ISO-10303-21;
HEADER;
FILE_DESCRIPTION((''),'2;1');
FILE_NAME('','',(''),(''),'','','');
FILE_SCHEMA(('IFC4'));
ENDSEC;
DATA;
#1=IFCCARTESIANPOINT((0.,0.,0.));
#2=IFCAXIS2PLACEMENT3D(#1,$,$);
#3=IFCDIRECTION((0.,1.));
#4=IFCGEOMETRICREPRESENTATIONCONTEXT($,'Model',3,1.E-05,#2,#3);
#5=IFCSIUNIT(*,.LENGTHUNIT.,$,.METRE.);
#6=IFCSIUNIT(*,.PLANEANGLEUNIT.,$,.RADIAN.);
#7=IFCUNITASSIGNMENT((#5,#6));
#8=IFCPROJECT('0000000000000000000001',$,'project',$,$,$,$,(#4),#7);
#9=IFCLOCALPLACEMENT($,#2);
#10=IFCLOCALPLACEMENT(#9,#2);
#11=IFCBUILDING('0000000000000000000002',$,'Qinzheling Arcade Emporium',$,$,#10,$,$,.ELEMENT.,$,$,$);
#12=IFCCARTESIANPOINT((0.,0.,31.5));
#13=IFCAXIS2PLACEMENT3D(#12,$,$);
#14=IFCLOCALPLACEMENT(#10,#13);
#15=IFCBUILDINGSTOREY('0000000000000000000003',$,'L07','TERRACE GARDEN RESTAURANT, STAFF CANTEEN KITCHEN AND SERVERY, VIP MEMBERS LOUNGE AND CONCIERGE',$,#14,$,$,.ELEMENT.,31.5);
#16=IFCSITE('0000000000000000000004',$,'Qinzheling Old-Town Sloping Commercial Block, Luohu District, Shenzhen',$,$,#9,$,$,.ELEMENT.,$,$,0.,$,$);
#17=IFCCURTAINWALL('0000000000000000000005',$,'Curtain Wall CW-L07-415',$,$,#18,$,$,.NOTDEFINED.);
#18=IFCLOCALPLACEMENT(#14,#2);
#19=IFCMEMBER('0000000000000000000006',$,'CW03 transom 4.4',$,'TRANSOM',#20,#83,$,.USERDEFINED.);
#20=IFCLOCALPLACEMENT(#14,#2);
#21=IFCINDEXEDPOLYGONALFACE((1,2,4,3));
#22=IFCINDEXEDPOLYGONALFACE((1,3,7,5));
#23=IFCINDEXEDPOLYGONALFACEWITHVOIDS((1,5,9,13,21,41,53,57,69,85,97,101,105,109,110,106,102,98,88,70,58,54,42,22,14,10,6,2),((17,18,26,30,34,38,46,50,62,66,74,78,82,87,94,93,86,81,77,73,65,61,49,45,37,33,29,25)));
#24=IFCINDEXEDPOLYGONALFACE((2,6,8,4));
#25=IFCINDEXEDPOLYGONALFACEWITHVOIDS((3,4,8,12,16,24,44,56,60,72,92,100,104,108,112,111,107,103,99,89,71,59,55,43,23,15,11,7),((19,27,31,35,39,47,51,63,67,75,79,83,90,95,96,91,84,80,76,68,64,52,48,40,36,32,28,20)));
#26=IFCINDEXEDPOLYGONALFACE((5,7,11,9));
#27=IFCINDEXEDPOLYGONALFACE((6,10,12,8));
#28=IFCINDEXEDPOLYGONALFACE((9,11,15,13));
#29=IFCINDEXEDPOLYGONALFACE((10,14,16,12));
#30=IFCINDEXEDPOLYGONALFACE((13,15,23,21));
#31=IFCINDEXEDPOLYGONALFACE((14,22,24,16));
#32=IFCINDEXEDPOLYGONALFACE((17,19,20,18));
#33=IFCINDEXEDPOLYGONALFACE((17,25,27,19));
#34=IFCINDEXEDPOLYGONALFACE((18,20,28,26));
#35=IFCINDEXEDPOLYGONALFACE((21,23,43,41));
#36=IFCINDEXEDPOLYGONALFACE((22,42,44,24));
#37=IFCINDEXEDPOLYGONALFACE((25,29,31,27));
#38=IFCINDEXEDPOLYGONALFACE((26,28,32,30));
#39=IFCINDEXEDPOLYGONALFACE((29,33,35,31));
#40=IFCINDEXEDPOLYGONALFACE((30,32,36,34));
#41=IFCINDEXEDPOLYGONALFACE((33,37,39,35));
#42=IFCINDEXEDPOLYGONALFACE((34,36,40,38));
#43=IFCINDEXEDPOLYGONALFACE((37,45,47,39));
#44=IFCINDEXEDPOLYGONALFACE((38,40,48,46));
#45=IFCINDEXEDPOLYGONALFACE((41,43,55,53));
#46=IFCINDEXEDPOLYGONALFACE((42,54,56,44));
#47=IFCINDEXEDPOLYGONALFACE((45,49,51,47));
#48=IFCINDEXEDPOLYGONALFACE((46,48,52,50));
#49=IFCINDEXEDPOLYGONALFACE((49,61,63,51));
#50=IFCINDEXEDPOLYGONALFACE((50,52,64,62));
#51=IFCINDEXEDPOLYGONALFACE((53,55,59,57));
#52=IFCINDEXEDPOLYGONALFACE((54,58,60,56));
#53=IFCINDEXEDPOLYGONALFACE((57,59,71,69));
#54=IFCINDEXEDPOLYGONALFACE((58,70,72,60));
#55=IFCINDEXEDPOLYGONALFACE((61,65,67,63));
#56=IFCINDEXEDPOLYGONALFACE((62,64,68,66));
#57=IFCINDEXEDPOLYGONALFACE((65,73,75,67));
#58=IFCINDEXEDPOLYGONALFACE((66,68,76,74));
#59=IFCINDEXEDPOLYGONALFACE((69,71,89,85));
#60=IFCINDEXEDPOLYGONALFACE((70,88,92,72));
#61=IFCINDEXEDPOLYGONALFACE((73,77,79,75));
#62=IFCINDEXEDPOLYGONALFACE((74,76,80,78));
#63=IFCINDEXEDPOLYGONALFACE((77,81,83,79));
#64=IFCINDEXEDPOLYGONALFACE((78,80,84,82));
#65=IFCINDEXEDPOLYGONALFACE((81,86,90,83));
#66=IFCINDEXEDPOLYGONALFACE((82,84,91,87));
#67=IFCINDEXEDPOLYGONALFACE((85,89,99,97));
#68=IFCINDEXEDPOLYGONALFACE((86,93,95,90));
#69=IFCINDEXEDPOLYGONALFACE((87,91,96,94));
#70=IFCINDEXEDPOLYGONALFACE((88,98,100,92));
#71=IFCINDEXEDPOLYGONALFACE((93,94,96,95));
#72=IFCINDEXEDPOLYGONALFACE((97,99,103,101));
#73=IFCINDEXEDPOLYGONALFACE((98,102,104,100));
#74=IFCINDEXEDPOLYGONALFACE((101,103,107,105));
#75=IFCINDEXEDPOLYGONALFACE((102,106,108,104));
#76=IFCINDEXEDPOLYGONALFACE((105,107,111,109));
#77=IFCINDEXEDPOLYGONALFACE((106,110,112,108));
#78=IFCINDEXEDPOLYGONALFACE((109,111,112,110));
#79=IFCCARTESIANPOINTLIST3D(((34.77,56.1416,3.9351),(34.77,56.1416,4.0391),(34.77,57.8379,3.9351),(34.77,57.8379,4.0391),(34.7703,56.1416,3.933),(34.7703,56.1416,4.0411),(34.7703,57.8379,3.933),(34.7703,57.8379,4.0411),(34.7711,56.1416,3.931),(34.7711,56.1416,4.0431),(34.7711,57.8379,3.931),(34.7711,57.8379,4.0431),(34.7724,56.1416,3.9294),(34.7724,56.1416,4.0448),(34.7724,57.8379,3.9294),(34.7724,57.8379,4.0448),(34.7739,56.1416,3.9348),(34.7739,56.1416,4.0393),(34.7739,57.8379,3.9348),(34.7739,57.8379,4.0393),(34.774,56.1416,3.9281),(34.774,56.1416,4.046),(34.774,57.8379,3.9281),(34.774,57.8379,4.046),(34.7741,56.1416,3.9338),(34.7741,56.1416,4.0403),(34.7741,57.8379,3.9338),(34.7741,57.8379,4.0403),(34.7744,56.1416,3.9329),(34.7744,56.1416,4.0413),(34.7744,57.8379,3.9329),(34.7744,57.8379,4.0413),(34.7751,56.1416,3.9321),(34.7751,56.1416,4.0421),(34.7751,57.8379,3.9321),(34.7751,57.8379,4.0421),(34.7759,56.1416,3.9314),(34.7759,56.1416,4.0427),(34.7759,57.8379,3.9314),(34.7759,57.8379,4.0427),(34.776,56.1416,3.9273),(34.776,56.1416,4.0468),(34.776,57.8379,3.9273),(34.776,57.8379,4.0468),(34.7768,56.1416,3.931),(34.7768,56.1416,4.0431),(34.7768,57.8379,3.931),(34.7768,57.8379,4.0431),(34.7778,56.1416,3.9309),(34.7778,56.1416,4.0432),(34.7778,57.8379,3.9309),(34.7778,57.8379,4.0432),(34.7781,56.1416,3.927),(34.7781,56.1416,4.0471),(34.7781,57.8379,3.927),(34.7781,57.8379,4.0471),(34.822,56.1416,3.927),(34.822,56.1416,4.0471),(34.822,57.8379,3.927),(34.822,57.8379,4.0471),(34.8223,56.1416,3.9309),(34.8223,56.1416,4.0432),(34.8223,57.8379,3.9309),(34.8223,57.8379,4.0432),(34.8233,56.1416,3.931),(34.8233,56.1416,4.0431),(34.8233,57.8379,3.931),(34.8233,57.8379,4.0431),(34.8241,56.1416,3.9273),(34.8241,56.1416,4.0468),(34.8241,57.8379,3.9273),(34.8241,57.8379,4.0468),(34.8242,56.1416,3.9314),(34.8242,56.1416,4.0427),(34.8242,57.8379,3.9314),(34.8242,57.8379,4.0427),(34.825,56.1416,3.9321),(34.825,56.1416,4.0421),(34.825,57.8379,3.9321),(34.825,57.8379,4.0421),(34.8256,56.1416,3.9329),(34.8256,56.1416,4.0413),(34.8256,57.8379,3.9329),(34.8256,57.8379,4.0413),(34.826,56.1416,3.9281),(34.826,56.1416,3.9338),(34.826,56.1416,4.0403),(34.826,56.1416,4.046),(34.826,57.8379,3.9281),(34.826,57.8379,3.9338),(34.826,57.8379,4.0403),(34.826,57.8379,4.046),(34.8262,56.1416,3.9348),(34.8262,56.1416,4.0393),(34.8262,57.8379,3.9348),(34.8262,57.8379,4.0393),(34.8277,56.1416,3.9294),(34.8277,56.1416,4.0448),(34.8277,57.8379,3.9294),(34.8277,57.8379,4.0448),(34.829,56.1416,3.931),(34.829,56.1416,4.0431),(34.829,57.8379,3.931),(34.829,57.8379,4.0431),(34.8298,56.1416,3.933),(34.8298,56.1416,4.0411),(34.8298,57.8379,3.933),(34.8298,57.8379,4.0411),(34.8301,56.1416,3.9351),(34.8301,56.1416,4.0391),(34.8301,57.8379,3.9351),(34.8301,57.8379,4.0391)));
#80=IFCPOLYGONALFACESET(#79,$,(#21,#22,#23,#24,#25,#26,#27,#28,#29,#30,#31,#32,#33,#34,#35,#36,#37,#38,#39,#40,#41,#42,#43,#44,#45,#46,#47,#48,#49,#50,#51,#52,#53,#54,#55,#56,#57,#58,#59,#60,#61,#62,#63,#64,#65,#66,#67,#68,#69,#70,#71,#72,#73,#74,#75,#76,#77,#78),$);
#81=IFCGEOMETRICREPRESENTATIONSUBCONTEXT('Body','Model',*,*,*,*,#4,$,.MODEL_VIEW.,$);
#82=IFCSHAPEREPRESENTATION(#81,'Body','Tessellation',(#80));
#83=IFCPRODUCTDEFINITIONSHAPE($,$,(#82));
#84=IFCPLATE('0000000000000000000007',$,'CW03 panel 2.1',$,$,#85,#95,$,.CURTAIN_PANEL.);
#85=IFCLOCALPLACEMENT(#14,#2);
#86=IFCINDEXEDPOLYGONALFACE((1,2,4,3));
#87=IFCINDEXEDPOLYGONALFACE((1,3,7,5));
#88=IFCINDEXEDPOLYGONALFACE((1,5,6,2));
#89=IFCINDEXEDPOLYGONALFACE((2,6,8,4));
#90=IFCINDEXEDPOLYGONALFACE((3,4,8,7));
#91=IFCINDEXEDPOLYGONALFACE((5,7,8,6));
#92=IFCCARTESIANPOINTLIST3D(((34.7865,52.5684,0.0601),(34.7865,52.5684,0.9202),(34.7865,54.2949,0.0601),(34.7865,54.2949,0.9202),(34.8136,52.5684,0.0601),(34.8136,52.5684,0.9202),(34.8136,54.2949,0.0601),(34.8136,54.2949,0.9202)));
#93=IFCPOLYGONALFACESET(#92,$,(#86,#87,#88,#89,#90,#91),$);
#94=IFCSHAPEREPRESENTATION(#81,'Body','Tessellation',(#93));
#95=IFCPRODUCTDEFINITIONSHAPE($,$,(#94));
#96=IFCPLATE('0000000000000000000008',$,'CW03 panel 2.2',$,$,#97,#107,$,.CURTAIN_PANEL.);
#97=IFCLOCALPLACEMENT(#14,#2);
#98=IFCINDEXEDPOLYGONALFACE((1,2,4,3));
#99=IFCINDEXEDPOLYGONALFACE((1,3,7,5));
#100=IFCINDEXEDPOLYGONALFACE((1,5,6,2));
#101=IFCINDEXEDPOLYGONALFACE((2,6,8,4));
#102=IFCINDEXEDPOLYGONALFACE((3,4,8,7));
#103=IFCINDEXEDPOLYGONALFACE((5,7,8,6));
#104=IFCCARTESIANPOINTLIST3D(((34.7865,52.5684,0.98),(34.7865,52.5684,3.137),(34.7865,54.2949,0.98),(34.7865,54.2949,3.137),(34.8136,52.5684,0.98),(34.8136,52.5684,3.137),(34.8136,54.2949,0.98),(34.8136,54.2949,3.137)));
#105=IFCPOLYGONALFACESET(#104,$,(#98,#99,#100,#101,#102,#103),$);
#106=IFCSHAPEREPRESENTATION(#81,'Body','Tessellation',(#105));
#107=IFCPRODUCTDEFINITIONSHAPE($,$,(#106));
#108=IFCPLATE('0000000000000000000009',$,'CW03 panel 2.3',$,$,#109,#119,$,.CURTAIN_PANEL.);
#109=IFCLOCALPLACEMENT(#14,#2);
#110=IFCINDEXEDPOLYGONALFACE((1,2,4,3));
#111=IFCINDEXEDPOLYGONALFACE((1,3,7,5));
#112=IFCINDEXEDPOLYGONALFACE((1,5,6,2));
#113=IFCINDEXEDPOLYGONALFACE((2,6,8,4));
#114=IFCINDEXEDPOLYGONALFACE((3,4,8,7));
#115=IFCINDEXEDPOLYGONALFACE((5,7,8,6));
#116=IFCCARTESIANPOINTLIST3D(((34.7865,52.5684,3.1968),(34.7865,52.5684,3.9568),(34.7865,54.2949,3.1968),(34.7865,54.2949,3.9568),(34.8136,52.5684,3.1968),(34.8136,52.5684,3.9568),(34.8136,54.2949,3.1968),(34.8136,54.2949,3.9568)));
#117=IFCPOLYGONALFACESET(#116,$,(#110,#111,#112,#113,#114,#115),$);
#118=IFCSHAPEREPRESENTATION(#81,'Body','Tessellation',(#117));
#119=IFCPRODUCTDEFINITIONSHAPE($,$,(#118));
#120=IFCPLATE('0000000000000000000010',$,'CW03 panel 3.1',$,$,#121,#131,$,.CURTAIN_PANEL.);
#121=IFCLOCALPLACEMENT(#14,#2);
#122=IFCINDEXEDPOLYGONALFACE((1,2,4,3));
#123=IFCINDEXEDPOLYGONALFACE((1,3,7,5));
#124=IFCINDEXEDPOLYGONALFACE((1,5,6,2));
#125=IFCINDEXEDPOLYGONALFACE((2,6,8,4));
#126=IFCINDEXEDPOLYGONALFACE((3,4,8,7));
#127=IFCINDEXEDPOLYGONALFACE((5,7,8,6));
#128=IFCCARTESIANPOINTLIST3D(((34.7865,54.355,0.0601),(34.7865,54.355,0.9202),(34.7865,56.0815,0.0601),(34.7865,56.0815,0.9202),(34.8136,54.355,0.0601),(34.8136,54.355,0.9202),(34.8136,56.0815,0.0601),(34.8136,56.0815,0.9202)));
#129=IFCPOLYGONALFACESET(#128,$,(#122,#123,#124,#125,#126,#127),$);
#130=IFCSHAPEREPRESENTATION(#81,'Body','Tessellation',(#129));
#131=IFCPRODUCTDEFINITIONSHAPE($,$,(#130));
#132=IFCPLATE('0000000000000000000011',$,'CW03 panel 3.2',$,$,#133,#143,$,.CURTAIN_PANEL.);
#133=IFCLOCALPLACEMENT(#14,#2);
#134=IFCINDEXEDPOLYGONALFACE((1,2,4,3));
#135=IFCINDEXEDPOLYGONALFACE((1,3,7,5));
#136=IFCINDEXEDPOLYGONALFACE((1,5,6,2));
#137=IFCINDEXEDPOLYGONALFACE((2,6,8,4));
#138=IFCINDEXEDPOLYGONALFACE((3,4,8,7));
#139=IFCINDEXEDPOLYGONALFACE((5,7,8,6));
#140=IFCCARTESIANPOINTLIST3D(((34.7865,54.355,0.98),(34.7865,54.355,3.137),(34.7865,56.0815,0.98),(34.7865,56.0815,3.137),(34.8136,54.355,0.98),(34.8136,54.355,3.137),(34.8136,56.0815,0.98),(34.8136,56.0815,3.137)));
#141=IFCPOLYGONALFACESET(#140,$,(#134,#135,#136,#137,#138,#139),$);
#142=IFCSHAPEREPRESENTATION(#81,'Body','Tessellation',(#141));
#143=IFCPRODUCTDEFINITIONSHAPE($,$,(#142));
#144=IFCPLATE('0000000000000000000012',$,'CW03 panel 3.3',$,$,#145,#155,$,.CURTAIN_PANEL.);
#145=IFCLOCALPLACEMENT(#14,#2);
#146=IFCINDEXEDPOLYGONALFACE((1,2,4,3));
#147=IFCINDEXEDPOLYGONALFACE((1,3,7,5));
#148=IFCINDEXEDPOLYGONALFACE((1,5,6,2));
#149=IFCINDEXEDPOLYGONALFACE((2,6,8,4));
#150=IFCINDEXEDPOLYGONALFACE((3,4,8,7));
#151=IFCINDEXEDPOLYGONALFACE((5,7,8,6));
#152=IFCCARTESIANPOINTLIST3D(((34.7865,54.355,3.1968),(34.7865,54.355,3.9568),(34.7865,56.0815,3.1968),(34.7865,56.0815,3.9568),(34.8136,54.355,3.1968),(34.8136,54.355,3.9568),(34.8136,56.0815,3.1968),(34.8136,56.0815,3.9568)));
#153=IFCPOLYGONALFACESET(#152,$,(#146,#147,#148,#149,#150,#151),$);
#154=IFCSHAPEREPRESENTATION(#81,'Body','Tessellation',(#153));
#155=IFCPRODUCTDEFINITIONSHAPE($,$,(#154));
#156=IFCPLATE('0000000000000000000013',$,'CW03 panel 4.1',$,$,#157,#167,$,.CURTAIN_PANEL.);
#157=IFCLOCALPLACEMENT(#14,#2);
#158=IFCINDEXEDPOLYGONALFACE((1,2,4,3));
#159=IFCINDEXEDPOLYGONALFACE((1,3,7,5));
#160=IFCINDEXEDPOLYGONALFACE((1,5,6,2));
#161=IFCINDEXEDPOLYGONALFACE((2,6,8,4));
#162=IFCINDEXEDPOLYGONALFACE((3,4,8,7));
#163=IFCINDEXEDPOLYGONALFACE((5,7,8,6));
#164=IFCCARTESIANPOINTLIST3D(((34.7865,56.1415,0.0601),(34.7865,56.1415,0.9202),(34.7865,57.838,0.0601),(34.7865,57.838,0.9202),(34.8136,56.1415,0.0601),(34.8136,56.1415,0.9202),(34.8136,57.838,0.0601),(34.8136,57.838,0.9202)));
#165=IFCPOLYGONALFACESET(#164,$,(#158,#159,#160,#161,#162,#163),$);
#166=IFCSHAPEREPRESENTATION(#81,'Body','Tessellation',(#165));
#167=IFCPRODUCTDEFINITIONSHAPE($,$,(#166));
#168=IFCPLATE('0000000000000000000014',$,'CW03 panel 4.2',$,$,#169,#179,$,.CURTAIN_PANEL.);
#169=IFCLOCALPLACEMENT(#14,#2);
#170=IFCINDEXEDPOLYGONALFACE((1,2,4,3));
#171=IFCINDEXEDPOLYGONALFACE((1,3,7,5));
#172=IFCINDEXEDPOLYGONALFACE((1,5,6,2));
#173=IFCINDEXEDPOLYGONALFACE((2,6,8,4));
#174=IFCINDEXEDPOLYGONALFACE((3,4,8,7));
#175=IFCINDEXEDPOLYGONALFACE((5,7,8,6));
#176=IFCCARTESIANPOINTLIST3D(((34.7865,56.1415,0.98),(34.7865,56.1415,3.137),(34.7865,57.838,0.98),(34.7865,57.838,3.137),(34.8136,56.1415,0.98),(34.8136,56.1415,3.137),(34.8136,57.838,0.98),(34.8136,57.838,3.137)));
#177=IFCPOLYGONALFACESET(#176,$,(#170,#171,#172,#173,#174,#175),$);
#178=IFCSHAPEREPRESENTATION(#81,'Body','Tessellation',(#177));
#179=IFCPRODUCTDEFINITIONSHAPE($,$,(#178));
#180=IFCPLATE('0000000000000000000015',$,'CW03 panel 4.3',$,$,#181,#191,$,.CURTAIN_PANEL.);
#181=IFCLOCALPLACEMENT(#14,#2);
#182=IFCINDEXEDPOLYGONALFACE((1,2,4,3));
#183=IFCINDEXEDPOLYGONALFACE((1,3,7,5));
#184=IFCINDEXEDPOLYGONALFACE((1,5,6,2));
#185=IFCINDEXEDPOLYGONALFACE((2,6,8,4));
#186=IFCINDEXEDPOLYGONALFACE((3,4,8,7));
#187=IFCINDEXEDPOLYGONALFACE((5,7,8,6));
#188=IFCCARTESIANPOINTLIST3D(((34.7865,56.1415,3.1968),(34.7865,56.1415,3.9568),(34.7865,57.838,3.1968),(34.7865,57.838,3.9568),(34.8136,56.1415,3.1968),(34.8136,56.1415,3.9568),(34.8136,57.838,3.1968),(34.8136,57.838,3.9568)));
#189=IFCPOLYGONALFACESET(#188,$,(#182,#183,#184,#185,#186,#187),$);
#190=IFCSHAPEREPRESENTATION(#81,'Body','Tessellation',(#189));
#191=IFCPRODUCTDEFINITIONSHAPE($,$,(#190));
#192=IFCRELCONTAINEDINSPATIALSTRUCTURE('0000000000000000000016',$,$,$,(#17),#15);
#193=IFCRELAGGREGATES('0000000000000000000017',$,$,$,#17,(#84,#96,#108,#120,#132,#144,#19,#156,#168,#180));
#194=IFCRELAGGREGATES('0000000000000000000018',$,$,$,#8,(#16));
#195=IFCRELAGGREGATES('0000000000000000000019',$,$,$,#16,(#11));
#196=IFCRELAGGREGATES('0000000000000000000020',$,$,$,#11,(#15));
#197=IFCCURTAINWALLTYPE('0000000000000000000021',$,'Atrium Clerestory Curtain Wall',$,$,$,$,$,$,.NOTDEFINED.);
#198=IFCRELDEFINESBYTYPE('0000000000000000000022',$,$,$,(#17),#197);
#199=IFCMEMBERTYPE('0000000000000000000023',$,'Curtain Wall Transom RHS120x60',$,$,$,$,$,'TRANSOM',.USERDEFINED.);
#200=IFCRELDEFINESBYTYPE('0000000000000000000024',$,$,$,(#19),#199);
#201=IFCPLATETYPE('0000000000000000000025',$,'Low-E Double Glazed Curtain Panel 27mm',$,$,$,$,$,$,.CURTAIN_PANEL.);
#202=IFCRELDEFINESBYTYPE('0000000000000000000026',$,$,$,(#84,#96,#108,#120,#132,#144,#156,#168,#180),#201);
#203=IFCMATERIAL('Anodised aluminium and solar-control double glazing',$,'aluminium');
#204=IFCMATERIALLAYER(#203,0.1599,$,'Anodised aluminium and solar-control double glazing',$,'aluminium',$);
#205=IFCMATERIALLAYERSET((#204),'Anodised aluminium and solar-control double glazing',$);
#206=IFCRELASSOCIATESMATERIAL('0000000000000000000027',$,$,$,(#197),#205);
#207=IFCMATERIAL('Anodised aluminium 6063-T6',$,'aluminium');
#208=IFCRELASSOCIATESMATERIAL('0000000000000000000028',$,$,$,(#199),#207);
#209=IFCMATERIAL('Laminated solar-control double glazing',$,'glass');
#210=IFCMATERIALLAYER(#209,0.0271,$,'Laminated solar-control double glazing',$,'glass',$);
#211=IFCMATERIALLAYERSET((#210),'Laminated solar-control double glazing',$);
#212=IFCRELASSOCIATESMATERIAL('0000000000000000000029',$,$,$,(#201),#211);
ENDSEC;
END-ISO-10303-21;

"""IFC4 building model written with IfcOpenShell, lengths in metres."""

from ifc_helpers import new_model, si_unit, direction, frame, origin, origin_2d, place, context, subcontext, project, spatial, rectangle, hollow_rectangle, extrude, material, layer, layer_set, material_profile, profile_set, type_object, element, aggregate, save


model = new_model("IFC4")

# Units and contexts
model_context = context("Model", 3, precision=1e-05, world=origin(), true_north=direction((0.0, 1.0)))
body_context = subcontext(model_context, "Body", "Model", "MODEL_VIEW")
ifc_project = project(units=[si_unit("LENGTHUNIT", "METRE"), si_unit("PLANEANGLEUNIT", "RADIAN")], contexts=[model_context])

# Site, building, storey
site_placement = place(None, origin())
site = spatial("IfcSite", under=ifc_project, at=site_placement, Name="Qinzheling Old-Town Sloping Commercial Block, Luohu District, Shenzhen", CompositionType="ELEMENT", RefElevation=0.0)
building_placement = place(site_placement, origin())
building = spatial("IfcBuilding", under=site, at=building_placement, Name="Qinzheling Arcade Emporium", CompositionType="ELEMENT")
storey_placement = place(building_placement, frame((0.0, 0.0, 31.5)))
storey = spatial("IfcBuildingStorey", under=building, at=storey_placement, Name="L07", Description="TERRACE GARDEN RESTAURANT, STAFF CANTEEN KITCHEN AND SERVERY, VIP MEMBERS LOUNGE AND CONCIERGE", CompositionType="ELEMENT", Elevation=31.5)

# Curtain wall, member, plates
ifc_material_1 = material(Name="Anodised aluminium and solar-control double glazing", Category="aluminium")
ifc_layer_1 = layer(ifc_material_1, 0.1599, Name="Anodised aluminium and solar-control double glazing", Category="aluminium")
ifc_layer_set_1 = layer_set([ifc_layer_1], Name="Anodised aluminium and solar-control double glazing")
curtain_wall_type = type_object("IfcCurtainWallType", Name="Atrium Clerestory Curtain Wall", PredefinedType="NOTDEFINED", material=ifc_layer_set_1)
curtain_wall_placement = place(storey_placement, origin())
curtain_wall = element("IfcCurtainWall", 1, at=curtain_wall_placement, inside=storey, type_object=curtain_wall_type, Name="Curtain Wall CW-L07-415", PredefinedType="NOTDEFINED")
ifc_material_2 = material(Name="Anodised aluminium 6063-T6", Category="aluminium")
ifc_material_profile_1 = material_profile(ifc_material_2, hollow_rectangle(XDim=0.0601, YDim=0.1201, WallThickness=0.0039, InnerFilletRadius=0.0039, OuterFilletRadius=0.0081, at=origin_2d()), Name="RHS 120x60x4", Category="aluminium")
ifc_profile_set_1 = profile_set([ifc_material_profile_1], Name="Anodised aluminium 6063-T6")
member_type_1 = type_object("IfcMemberType", Name="Curtain Wall Transom RHS120x60", ElementType="TRANSOM", PredefinedType="USERDEFINED", material=ifc_profile_set_1)
member_1_placement = place(storey_placement, frame((34.8, 56.1416, 3.9871), z_axis=(0.0, 1.0, 0.0), x_axis=(-1.0, 0.0, 0.0)))
member_1 = element("IfcMember", 2, at=member_1_placement, type_object=member_type_1, Name="CW03 transom 4.4", ObjectType="TRANSOM", PredefinedType="USERDEFINED", context=body_context, shape_type="SweptSolid", body=[
    extrude(hollow_rectangle(XDim=0.0601, YDim=0.1201, WallThickness=0.0039, InnerFilletRadius=0.0039, OuterFilletRadius=0.0081, at=origin_2d()), origin(), (0.0, 0.0, 1.0), 1.6963),
])
ifc_material_3 = material(Name="Laminated solar-control double glazing", Category="glass")
ifc_layer_2 = layer(ifc_material_3, 0.0271, Name="Laminated solar-control double glazing", Category="glass")
ifc_layer_set_2 = layer_set([ifc_layer_2], Name="Laminated solar-control double glazing")
plate_type = type_object("IfcPlateType", Name="Low-E Double Glazed Curtain Panel 27mm", PredefinedType="CURTAIN_PANEL", material=ifc_layer_set_2)
plate_1_placement = place(storey_placement, frame((34.8, 53.4316, 0.0601), z_axis=(0.0, 0.0, 1.0), x_axis=(0.0, 1.0, 0.0)))
plate_1 = element("IfcPlate", 3, at=plate_1_placement, type_object=plate_type, Name="CW03 panel 2.1", PredefinedType="CURTAIN_PANEL", context=body_context, shape_type="SweptSolid", body=[
    extrude(rectangle(XDim=1.7266, YDim=0.0271, at=origin_2d()), origin(), (0.0, 0.0, 1.0), 0.8601),
])
plate_2_placement = place(storey_placement, frame((34.8, 53.4316, 0.98), z_axis=(0.0, 0.0, 1.0), x_axis=(0.0, 1.0, 0.0)))
plate_2 = element("IfcPlate", 4, at=plate_2_placement, type_object=plate_type, Name="CW03 panel 2.2", PredefinedType="CURTAIN_PANEL", context=body_context, shape_type="SweptSolid", body=[
    extrude(rectangle(XDim=1.7266, YDim=0.0271, at=origin_2d()), origin(), (0.0, 0.0, 1.0), 2.157),
])
plate_3_placement = place(storey_placement, frame((34.8, 53.4316, 3.1968), z_axis=(0.0, 0.0, 1.0), x_axis=(0.0, 1.0, 0.0)))
plate_3 = element("IfcPlate", 5, at=plate_3_placement, type_object=plate_type, Name="CW03 panel 2.3", PredefinedType="CURTAIN_PANEL", context=body_context, shape_type="SweptSolid", body=[
    extrude(rectangle(XDim=1.7266, YDim=0.0271, at=origin_2d()), origin(), (0.0, 0.0, 1.0), 0.76),
])
plate_4_placement = place(storey_placement, frame((34.8, 55.2183, 0.0601), z_axis=(0.0, 0.0, 1.0), x_axis=(0.0, 1.0, 0.0)))
plate_4 = element("IfcPlate", 6, at=plate_4_placement, type_object=plate_type, Name="CW03 panel 3.1", PredefinedType="CURTAIN_PANEL", context=body_context, shape_type="SweptSolid", body=[
    extrude(rectangle(XDim=1.7266, YDim=0.0271, at=origin_2d()), origin(), (0.0, 0.0, 1.0), 0.8601),
])
plate_5_placement = place(storey_placement, frame((34.8, 55.2183, 0.98), z_axis=(0.0, 0.0, 1.0), x_axis=(0.0, 1.0, 0.0)))
plate_5 = element("IfcPlate", 7, at=plate_5_placement, type_object=plate_type, Name="CW03 panel 3.2", PredefinedType="CURTAIN_PANEL", context=body_context, shape_type="SweptSolid", body=[
    extrude(rectangle(XDim=1.7266, YDim=0.0271, at=origin_2d()), origin(), (0.0, 0.0, 1.0), 2.157),
])
plate_6_placement = place(storey_placement, frame((34.8, 55.2183, 3.1968), z_axis=(0.0, 0.0, 1.0), x_axis=(0.0, 1.0, 0.0)))
plate_6 = element("IfcPlate", 8, at=plate_6_placement, type_object=plate_type, Name="CW03 panel 3.3", PredefinedType="CURTAIN_PANEL", context=body_context, shape_type="SweptSolid", body=[
    extrude(rectangle(XDim=1.7266, YDim=0.0271, at=origin_2d()), origin(), (0.0, 0.0, 1.0), 0.76),
])
plate_7_placement = place(storey_placement, frame((34.8, 56.9897, 0.0601), z_axis=(0.0, 0.0, 1.0), x_axis=(0.0, 1.0, 0.0)))
plate_7 = element("IfcPlate", 9, at=plate_7_placement, type_object=plate_type, Name="CW03 panel 4.1", PredefinedType="CURTAIN_PANEL", context=body_context, shape_type="SweptSolid", body=[
    extrude(rectangle(XDim=1.6965, YDim=0.0271, at=origin_2d()), origin(), (0.0, 0.0, 1.0), 0.8601),
])
plate_8_placement = place(storey_placement, frame((34.8, 56.9897, 0.98), z_axis=(0.0, 0.0, 1.0), x_axis=(0.0, 1.0, 0.0)))
plate_8 = element("IfcPlate", 10, at=plate_8_placement, type_object=plate_type, Name="CW03 panel 4.2", PredefinedType="CURTAIN_PANEL", context=body_context, shape_type="SweptSolid", body=[
    extrude(rectangle(XDim=1.6965, YDim=0.0271, at=origin_2d()), origin(), (0.0, 0.0, 1.0), 2.157),
])
plate_9_placement = place(storey_placement, frame((34.8, 56.9897, 3.1968), z_axis=(0.0, 0.0, 1.0), x_axis=(0.0, 1.0, 0.0)))
plate_9 = element("IfcPlate", 11, at=plate_9_placement, type_object=plate_type, Name="CW03 panel 4.3", PredefinedType="CURTAIN_PANEL", context=body_context, shape_type="SweptSolid", body=[
    extrude(rectangle(XDim=1.6965, YDim=0.0271, at=origin_2d()), origin(), (0.0, 0.0, 1.0), 0.76),
])
aggregate(curtain_wall, [plate_1, plate_2, plate_3, plate_4, plate_5, plate_6, member_1, plate_7, plate_8, plate_9])

save(model, "model.ifc")
